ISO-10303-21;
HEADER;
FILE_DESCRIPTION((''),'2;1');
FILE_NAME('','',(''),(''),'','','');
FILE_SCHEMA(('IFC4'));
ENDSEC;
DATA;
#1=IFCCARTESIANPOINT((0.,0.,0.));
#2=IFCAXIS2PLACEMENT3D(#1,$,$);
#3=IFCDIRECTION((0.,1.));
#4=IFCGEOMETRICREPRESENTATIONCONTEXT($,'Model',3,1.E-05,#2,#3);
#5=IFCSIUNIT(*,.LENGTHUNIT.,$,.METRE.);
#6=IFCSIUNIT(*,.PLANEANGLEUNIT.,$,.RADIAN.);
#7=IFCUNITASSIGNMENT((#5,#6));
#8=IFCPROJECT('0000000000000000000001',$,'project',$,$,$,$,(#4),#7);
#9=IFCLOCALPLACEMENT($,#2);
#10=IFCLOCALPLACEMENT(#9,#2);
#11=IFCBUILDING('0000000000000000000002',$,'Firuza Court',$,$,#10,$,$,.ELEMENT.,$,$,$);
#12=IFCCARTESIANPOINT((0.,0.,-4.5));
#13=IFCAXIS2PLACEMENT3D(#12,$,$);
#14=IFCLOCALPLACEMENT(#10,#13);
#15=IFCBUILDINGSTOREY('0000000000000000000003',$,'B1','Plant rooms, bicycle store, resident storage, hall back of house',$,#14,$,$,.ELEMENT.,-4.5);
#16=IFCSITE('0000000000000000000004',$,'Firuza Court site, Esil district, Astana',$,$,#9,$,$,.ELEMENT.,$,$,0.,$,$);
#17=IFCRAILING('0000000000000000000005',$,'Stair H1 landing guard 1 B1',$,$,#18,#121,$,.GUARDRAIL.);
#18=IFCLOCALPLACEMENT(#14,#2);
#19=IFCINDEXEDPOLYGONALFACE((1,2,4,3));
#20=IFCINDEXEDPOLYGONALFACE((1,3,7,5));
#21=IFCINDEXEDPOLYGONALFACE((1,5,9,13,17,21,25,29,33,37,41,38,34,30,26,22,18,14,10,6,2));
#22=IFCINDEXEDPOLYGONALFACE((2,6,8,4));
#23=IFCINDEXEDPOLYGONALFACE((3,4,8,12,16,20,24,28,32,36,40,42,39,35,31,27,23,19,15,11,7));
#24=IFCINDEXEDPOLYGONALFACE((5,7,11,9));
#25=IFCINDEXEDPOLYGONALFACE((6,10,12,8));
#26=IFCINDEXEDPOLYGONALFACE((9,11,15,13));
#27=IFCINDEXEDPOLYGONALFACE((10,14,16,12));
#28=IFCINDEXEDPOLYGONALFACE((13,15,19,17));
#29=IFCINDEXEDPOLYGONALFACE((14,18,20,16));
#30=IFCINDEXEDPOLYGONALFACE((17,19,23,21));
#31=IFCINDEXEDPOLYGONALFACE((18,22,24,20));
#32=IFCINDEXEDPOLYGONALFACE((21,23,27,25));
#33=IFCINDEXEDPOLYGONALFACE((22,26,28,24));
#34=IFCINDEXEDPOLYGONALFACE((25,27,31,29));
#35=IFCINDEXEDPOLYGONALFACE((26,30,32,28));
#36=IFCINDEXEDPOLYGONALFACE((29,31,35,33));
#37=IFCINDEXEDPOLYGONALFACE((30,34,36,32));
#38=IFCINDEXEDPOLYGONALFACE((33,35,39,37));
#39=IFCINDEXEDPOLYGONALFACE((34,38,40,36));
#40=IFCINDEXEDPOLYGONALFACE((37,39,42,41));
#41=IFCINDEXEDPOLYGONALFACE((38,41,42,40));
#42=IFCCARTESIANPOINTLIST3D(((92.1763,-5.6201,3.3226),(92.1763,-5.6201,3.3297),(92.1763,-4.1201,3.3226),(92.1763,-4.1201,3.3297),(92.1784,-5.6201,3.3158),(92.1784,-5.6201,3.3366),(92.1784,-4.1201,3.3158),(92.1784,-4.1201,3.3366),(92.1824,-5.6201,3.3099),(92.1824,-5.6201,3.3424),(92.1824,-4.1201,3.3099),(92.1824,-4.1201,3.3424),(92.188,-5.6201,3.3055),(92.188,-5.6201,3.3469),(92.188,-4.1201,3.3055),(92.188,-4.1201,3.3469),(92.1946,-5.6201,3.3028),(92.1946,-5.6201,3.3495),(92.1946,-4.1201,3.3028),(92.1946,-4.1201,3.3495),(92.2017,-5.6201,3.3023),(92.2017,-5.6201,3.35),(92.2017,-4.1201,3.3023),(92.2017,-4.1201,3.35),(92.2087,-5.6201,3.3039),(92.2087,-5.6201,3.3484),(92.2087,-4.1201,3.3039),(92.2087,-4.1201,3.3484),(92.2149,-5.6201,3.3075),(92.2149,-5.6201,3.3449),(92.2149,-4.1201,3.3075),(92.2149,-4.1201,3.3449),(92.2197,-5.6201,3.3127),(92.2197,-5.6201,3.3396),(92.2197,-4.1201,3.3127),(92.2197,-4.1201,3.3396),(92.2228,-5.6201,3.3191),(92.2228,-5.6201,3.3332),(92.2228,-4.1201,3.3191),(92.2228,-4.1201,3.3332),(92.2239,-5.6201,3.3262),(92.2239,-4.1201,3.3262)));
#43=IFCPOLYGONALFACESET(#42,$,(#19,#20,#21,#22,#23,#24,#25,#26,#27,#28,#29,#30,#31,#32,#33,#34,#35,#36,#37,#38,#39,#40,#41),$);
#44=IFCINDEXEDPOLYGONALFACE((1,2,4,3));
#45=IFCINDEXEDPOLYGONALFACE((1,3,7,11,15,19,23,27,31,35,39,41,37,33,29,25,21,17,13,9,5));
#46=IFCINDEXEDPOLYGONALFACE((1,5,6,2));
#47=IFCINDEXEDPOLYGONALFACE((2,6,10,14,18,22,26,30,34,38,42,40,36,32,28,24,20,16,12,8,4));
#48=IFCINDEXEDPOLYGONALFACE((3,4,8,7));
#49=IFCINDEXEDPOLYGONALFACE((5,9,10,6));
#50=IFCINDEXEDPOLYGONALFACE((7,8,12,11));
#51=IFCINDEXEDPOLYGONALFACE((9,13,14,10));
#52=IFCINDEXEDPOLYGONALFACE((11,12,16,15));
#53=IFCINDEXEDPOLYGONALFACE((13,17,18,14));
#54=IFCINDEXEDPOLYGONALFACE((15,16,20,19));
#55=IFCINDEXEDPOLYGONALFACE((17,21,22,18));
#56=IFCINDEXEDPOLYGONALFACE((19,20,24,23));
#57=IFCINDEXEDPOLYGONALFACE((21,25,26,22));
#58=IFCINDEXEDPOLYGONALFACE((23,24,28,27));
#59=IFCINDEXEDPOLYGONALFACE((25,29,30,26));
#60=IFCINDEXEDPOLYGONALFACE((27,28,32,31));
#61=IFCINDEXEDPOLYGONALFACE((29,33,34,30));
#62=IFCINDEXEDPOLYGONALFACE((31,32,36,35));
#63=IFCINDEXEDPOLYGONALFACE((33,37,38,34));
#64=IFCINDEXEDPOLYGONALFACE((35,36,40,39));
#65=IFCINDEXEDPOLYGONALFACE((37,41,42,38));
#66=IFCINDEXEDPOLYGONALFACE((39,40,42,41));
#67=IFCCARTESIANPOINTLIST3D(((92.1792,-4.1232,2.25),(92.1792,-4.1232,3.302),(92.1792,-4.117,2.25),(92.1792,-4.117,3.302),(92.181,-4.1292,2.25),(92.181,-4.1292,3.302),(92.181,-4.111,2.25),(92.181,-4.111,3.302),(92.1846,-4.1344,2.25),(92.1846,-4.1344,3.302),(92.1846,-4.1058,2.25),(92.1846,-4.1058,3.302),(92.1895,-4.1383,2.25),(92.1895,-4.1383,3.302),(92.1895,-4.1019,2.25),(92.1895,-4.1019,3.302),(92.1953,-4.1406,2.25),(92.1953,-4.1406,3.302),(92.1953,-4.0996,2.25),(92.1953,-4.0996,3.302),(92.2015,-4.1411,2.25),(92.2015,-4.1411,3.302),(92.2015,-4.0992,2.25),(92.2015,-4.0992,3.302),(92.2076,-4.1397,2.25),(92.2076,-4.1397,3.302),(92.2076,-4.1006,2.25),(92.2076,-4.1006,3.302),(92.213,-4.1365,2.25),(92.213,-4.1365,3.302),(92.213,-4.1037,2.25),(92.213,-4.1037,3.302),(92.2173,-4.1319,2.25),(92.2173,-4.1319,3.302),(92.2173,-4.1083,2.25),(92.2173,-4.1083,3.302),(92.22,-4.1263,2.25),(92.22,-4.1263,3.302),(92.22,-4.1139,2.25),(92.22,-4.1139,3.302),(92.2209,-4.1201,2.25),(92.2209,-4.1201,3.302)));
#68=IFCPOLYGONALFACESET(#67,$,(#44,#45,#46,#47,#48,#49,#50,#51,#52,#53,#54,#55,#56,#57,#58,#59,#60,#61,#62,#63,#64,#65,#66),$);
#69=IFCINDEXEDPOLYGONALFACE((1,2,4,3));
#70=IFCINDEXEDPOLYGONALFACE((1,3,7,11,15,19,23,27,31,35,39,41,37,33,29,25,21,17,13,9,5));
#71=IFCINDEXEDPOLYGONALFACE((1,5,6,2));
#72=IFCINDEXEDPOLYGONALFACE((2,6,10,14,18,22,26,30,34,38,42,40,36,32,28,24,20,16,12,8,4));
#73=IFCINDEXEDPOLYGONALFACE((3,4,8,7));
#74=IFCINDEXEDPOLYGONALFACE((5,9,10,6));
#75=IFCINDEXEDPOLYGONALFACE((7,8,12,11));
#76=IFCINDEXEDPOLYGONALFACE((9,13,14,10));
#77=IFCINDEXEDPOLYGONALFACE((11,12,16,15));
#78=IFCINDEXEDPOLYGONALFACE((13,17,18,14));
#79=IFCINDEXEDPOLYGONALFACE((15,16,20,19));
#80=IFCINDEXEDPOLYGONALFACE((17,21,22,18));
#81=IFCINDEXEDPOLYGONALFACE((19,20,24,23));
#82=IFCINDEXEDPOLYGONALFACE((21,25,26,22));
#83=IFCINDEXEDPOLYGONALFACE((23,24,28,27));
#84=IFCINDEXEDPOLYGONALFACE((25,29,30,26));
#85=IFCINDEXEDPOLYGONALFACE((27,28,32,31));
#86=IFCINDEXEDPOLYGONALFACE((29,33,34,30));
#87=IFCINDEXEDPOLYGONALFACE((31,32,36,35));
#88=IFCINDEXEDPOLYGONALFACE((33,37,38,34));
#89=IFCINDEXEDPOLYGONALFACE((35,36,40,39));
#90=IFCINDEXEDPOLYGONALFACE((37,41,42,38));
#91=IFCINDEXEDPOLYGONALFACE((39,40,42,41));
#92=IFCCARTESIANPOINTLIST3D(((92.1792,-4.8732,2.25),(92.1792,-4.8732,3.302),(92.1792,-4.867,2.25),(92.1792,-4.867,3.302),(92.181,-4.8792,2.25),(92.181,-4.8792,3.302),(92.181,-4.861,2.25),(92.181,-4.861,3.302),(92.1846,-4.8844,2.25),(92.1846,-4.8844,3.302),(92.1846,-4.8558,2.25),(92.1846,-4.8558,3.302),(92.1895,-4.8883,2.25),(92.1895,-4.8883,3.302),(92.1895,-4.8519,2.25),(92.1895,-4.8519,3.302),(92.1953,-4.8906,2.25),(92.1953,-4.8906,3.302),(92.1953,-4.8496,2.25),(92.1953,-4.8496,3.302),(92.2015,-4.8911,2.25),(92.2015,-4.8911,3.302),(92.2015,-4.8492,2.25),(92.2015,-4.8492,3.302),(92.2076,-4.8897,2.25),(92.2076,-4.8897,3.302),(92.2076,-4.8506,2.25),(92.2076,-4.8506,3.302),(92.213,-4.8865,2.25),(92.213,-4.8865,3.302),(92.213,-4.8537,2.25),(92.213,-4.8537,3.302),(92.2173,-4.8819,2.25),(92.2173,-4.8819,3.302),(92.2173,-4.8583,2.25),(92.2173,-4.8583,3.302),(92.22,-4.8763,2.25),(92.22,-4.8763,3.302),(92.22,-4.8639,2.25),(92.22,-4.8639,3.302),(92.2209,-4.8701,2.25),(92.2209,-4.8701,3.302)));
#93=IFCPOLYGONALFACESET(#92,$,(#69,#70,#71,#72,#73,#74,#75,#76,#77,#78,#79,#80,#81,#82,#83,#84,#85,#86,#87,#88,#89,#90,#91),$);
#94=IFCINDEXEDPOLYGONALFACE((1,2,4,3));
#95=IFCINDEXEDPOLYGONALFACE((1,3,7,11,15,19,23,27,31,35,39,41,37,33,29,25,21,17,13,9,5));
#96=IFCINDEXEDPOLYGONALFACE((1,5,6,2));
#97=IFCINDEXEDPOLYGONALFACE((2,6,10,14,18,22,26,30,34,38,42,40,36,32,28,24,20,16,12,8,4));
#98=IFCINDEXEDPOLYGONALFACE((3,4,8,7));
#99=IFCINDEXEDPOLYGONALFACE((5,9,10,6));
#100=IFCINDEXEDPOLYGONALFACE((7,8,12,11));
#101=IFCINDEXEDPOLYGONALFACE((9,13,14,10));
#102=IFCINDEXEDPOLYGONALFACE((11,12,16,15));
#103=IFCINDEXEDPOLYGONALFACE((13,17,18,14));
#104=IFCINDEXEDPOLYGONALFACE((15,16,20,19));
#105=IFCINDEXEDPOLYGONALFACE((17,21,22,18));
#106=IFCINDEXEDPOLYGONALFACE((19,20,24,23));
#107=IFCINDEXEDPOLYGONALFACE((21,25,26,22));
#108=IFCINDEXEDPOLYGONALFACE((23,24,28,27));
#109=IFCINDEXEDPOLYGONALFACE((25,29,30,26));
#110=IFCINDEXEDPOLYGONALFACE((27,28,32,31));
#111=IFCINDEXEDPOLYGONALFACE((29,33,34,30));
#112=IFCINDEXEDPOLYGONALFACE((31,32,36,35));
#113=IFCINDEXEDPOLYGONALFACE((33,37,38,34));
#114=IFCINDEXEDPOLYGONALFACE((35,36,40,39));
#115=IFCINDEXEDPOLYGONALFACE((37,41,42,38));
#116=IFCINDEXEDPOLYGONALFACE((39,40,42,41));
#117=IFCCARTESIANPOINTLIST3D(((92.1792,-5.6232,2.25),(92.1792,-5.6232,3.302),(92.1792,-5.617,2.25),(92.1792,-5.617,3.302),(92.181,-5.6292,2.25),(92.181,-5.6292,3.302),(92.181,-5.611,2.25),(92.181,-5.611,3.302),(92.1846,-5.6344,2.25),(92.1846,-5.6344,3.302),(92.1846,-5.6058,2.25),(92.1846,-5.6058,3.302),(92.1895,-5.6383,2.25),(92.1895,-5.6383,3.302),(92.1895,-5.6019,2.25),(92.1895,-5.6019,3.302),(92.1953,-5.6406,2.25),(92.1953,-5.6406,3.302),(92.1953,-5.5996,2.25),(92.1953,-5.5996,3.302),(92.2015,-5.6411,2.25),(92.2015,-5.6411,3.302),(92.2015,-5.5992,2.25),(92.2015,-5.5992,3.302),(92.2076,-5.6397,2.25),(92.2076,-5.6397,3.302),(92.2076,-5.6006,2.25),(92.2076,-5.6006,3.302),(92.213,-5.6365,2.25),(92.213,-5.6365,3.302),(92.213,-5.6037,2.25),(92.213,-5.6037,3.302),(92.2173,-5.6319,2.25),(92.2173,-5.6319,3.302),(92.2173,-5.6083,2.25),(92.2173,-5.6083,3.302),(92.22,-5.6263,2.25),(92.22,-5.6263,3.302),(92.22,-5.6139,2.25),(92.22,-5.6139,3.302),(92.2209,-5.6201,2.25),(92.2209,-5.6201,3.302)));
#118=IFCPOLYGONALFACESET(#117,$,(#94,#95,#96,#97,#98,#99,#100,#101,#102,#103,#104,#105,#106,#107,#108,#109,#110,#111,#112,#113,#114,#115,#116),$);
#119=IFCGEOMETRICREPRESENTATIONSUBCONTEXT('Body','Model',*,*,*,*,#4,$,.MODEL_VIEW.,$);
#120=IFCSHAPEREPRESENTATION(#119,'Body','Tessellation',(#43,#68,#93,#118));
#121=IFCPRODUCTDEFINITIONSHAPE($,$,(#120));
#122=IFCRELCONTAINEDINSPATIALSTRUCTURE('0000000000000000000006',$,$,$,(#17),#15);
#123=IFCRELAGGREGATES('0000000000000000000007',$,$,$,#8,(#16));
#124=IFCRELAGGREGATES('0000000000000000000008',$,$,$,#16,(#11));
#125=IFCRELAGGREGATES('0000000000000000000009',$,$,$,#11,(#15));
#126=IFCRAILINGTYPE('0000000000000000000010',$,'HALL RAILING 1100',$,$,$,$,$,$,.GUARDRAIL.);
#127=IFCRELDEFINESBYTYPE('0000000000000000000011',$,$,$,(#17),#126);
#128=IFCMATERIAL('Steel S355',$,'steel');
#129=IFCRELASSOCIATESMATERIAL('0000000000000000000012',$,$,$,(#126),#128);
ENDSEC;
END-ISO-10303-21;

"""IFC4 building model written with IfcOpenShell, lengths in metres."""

from ifc_helpers import new_model, si_unit, direction, frame, origin, origin_2d, place, context, subcontext, project, spatial, circle, extrude, material, type_object, element, save


model = new_model("IFC4")

# Units and contexts
model_context = context("Model", 3, precision=1e-05, world=origin(), true_north=direction((0.0, 1.0)))
body_context = subcontext(model_context, "Body", "Model", "MODEL_VIEW")
ifc_project = project(units=[si_unit("LENGTHUNIT", "METRE"), si_unit("PLANEANGLEUNIT", "RADIAN")], contexts=[model_context])

# Site, building, storey
site_placement = place(None, origin())
site = spatial("IfcSite", under=ifc_project, at=site_placement, Name="Firuza Court site, Esil district, Astana", CompositionType="ELEMENT", RefElevation=0.0)
building_placement = place(site_placement, origin())
building = spatial("IfcBuilding", under=site, at=building_placement, Name="Firuza Court", CompositionType="ELEMENT")
storey_placement = place(building_placement, frame((0.0, 0.0, -4.5)))
storey = spatial("IfcBuildingStorey", under=building, at=storey_placement, Name="B1", Description="Plant rooms, bicycle store, resident storage, hall back of house", CompositionType="ELEMENT", Elevation=-4.5)

# Railing
ifc_material_1 = material(Name="Steel S355", Category="steel")
railing_type_1 = type_object("IfcRailingType", Name="HALL RAILING 1100", PredefinedType="GUARDRAIL", material=ifc_material_1)
railing_1_placement = place(storey_placement, frame((92.2, -4.1201, 2.25)))
element("IfcRailing", 1, at=railing_1_placement, inside=storey, type_object=railing_type_1, Name="Stair H1 landing guard 1 B1", PredefinedType="GUARDRAIL", context=body_context, shape_type="SweptSolid", body=[
    extrude(circle(Radius=0.0239, at=origin_2d()), frame((0.0, 0.0, 1.0762), z_axis=(0.0, -1.0, 0.0), x_axis=(1.0, 0.0, 0.0)), (0.0, 0.0, 1.0), 1.5),
    extrude(circle(Radius=0.021, at=origin_2d()), origin(), (0.0, 0.0, 1.0), 1.052),
    extrude(circle(Radius=0.021, at=origin_2d()), frame((0.0, -0.75, 0.0)), (0.0, 0.0, 1.0), 1.052),
    extrude(circle(Radius=0.021, at=origin_2d()), frame((0.0, -1.5, 0.0)), (0.0, 0.0, 1.0), 1.052),
])

save(model, "model.ifc")
